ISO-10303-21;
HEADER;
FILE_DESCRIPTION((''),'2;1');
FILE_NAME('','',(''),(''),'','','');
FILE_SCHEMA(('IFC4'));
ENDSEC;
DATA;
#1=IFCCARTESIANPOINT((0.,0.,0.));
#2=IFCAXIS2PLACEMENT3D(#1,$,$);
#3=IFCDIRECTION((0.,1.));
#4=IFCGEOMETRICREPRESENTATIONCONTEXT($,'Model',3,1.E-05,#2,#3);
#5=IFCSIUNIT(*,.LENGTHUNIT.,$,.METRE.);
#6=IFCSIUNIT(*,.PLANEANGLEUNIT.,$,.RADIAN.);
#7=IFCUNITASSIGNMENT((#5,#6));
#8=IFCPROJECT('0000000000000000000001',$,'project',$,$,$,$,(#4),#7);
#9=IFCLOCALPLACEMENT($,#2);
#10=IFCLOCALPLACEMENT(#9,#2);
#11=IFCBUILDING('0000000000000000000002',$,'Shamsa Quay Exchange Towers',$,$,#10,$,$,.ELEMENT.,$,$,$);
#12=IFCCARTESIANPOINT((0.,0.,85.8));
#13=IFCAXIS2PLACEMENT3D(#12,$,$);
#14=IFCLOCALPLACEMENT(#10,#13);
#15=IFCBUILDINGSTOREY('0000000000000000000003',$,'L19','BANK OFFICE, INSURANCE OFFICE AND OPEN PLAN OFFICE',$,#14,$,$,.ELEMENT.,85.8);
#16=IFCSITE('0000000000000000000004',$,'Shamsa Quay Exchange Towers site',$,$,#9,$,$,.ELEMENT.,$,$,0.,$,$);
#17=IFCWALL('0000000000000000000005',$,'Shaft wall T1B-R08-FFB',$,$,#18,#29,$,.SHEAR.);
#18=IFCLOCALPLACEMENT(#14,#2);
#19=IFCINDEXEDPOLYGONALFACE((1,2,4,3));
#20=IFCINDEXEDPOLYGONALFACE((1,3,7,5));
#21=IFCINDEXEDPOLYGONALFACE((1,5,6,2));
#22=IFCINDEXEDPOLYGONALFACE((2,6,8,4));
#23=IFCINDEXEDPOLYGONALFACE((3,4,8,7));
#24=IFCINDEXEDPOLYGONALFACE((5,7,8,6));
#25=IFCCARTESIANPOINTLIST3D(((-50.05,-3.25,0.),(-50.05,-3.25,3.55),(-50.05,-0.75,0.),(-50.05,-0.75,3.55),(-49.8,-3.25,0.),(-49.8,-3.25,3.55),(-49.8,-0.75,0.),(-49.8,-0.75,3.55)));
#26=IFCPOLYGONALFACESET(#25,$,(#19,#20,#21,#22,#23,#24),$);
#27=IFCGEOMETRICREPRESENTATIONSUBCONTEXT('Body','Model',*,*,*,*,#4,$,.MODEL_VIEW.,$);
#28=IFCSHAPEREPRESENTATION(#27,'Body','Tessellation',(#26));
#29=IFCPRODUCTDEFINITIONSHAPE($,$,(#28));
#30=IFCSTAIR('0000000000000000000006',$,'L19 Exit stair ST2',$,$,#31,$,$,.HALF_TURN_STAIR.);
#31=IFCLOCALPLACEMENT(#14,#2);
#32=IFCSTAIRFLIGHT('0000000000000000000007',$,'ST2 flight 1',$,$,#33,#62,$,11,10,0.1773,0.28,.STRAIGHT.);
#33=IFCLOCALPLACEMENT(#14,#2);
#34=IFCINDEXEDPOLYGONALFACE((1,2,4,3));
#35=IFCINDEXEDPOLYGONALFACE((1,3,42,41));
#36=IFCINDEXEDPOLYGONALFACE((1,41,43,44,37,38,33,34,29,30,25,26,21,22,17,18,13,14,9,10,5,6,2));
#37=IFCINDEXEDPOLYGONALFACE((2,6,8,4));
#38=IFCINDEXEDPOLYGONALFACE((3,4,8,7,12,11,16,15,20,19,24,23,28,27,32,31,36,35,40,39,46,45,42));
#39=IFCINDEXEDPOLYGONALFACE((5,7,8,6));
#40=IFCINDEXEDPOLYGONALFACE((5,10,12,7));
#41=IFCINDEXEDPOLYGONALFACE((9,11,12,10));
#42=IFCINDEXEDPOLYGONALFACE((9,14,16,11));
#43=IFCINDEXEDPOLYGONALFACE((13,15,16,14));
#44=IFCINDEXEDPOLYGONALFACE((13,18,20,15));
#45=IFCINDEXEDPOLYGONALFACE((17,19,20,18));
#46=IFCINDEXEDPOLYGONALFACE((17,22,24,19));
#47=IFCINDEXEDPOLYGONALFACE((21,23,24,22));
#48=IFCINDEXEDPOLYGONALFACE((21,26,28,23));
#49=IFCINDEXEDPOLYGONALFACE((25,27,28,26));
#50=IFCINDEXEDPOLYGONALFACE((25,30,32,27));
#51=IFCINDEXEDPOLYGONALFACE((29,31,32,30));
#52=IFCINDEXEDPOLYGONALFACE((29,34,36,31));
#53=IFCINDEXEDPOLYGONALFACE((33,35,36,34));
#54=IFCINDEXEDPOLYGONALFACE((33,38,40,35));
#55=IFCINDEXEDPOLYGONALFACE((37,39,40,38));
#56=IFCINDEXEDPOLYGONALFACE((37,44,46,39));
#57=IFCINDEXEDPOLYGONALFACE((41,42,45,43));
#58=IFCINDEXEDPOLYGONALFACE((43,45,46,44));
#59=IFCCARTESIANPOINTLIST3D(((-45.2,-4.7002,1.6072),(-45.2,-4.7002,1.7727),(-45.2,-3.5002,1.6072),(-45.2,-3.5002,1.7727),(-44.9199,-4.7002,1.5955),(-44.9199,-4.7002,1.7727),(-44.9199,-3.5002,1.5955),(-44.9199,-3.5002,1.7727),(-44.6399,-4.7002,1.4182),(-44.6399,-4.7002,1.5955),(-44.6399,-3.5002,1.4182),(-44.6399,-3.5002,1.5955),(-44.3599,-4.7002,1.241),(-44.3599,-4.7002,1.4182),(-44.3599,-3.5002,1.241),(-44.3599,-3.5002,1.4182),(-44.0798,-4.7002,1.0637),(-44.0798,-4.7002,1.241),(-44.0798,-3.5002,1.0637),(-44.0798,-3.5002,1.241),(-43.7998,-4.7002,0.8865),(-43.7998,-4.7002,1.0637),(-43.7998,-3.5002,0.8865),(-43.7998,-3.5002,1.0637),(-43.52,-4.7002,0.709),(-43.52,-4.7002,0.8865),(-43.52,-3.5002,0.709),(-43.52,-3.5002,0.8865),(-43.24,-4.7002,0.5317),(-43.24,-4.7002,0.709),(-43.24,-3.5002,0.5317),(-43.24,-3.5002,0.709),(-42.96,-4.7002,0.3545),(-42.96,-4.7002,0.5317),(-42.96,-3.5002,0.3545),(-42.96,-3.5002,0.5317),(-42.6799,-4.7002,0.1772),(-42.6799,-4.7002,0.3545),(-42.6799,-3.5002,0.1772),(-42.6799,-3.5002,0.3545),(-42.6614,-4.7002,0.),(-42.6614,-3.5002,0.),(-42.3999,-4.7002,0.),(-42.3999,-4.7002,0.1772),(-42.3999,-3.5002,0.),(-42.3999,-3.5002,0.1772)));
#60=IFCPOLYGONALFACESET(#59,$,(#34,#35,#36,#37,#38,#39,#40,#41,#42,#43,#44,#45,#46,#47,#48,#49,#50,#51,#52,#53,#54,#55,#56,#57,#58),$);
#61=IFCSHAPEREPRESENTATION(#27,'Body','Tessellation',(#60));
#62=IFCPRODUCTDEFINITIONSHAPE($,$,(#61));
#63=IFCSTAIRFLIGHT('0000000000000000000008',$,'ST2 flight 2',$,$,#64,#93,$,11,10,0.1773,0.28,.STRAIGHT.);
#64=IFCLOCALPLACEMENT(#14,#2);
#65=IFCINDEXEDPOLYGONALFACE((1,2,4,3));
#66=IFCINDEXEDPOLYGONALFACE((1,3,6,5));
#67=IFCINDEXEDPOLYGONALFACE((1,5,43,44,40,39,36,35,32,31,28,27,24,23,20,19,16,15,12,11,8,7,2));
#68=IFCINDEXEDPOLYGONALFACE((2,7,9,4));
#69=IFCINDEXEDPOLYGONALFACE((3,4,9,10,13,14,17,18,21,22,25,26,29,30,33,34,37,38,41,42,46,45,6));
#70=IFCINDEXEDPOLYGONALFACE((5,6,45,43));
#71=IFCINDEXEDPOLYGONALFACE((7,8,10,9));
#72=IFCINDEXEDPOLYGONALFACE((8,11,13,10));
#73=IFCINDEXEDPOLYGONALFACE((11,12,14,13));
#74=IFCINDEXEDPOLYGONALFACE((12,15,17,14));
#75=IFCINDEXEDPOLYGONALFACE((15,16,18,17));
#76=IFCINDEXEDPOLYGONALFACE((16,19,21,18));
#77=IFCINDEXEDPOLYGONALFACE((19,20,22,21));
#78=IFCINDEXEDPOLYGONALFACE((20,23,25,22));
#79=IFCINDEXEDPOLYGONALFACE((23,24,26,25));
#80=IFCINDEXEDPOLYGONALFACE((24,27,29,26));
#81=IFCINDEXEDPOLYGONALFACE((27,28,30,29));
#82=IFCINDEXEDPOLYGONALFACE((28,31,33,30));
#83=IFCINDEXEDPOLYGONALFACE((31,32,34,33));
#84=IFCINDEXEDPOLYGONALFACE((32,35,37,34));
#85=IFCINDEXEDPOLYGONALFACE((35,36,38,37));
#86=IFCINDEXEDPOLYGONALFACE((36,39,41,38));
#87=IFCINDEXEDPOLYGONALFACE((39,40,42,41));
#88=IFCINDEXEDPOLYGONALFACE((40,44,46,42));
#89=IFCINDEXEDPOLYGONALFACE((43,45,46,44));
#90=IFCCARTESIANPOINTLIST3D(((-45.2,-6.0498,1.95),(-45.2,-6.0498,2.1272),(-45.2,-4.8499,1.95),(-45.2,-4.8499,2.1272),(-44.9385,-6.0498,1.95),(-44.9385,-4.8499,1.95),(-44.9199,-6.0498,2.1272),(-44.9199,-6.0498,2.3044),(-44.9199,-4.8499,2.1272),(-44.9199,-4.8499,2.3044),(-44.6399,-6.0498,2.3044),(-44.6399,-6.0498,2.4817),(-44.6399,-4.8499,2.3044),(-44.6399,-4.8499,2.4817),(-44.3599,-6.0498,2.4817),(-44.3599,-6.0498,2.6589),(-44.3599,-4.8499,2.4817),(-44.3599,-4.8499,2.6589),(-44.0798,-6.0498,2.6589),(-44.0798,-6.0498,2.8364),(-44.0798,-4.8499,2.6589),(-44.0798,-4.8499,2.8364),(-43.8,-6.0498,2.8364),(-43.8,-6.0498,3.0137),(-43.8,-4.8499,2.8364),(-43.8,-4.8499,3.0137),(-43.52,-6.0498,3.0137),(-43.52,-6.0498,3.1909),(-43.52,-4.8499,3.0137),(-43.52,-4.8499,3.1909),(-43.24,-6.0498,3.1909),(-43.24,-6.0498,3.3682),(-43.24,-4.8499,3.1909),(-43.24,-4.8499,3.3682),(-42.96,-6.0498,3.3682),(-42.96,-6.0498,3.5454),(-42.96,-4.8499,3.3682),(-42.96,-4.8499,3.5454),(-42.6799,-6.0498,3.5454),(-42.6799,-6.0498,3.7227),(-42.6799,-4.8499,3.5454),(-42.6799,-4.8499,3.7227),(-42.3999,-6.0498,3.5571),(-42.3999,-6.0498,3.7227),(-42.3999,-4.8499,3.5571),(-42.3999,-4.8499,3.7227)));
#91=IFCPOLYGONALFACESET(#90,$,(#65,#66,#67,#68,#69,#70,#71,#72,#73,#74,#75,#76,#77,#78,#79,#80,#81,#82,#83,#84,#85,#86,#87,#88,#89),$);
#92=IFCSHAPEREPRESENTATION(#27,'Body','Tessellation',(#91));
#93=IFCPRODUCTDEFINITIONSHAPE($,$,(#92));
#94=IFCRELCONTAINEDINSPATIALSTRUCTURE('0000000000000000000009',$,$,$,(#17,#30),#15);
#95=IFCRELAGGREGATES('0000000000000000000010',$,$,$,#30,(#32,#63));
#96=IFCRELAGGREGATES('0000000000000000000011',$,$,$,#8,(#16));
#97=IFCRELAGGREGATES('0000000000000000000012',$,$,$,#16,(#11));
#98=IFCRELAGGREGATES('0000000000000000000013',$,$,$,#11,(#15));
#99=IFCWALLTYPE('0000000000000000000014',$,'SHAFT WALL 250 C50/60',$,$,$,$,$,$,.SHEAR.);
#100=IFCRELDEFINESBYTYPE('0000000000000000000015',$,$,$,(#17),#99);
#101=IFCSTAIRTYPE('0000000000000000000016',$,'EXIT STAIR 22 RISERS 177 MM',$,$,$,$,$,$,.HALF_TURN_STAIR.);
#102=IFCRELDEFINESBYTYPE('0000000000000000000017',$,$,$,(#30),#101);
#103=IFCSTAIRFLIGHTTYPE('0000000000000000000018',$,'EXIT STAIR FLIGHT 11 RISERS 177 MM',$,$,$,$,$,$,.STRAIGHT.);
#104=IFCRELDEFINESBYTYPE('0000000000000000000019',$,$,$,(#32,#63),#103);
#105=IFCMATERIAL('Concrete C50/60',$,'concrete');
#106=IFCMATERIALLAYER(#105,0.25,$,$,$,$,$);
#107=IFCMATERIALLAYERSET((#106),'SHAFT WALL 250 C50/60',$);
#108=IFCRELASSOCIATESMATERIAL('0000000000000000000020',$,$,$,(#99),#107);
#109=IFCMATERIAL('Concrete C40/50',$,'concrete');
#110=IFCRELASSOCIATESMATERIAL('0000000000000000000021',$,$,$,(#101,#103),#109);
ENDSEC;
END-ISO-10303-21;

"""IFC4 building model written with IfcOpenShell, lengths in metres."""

from ifc_helpers import new_model, si_unit, direction, frame, frame_2d, origin, place, context, subcontext, project, spatial, polyline, rectangle, outline, extrude, material, layer, layer_set, type_object, element, aggregate, save


model = new_model("IFC4")

# Units and contexts
model_context = context("Model", 3, precision=1e-05, world=origin(), true_north=direction((0.0, 1.0)))
body_context = subcontext(model_context, "Body", "Model", "MODEL_VIEW")
ifc_project = project(units=[si_unit("LENGTHUNIT", "METRE"), si_unit("PLANEANGLEUNIT", "RADIAN")], contexts=[model_context])

# Site, building, storey
site_placement = place(None, origin())
site = spatial("IfcSite", under=ifc_project, at=site_placement, Name="Shamsa Quay Exchange Towers site", CompositionType="ELEMENT", RefElevation=0.0)
building_placement = place(site_placement, origin())
building = spatial("IfcBuilding", under=site, at=building_placement, Name="Shamsa Quay Exchange Towers", CompositionType="ELEMENT")
storey_placement = place(building_placement, frame((0.0, 0.0, 85.8)))
storey = spatial("IfcBuildingStorey", under=building, at=storey_placement, Name="L19", Description="BANK OFFICE, INSURANCE OFFICE AND OPEN PLAN OFFICE", CompositionType="ELEMENT", Elevation=85.8)

# Shared definitions
ifc_material_1 = material(Name="Concrete C50/60", Category="concrete")
ifc_layer_1 = layer(ifc_material_1, 0.25)
ifc_layer_set_1 = layer_set([ifc_layer_1], Name="SHAFT WALL 250 C50/60")
wall_type_1 = type_object("IfcWallType", Name="SHAFT WALL 250 C50/60", PredefinedType="SHEAR", material=ifc_layer_set_1)

# Wall
wall_1_placement = place(storey_placement, frame((-49.925, -3.25, 0.0), z_axis=(0.0, 0.0, 1.0), x_axis=(0.0, 1.0, 0.0)))
element("IfcWall", 1, at=wall_1_placement, inside=storey, type_object=wall_type_1, Name="Shaft wall T1B-R08-FFB", PredefinedType="SHEAR", context=body_context, shape_type="SweptSolid", body=[
    extrude(rectangle(XDim=2.5, YDim=0.25, at=frame_2d((1.25, 0.0))), origin(), (0.0, 0.0, 1.0), 3.55),
])

# Stair, stair flights
ifc_material_2 = material(Name="Concrete C40/50", Category="concrete")
stair_type = type_object("IfcStairType", Name="EXIT STAIR 22 RISERS 177 MM", PredefinedType="HALF_TURN_STAIR", material=ifc_material_2)
stair_placement = place(storey_placement, origin())
stair = element("IfcStair", 2, at=stair_placement, inside=storey, type_object=stair_type, Name="L19 Exit stair ST2", PredefinedType="HALF_TURN_STAIR")
stair_flight_type = type_object("IfcStairFlightType", Name="EXIT STAIR FLIGHT 11 RISERS 177 MM", PredefinedType="STRAIGHT", material=ifc_material_2)
stair_flight_1_placement = place(storey_placement, frame((-42.3999, -4.1001, 0.0), z_axis=(0.0, 0.0, 1.0), x_axis=(-1.0, 0.0, 0.0)))
stair_flight_1 = element("IfcStairFlight", 3, at=stair_flight_1_placement, type_object=stair_flight_type, Name="ST2 flight 1", NumberOfRisers=11, NumberOfTreads=10, PredefinedType="STRAIGHT", RiserHeight=0.1773, TreadLength=0.28, context=body_context, shape_type="SweptSolid", body=[
    extrude(outline(polyline([(0.0, 0.0), (0.0, 0.1772), (0.28, 0.1772), (0.28, 0.3545), (0.5601, 0.3545), (0.5601, 0.5317), (0.8401, 0.5317), (0.8401, 0.709), (1.1201, 0.709), (1.1201, 0.8865), (1.3999, 0.8865), (1.3999, 1.0637), (1.6799, 1.0637), (1.6799, 1.241), (1.96, 1.241), (1.96, 1.4182), (2.24, 1.4182), (2.24, 1.5955), (2.52, 1.5955), (2.52, 1.7727), (2.8, 1.7727), (2.8, 1.95), (2.8, 1.6072), (0.2615, 0.0), (0.0, 0.0)])), frame((0.0, 0.6001, 0.0), z_axis=(0.0, -1.0, 0.0), x_axis=(1.0, 0.0, 0.0)), (0.0, 0.0, 1.0), 1.2),
])
stair_flight_2_placement = place(storey_placement, frame((-45.2, -5.45, 1.95)))
stair_flight_2 = element("IfcStairFlight", 4, at=stair_flight_2_placement, type_object=stair_flight_type, Name="ST2 flight 2", NumberOfRisers=11, NumberOfTreads=10, PredefinedType="STRAIGHT", RiserHeight=0.1773, TreadLength=0.28, context=body_context, shape_type="SweptSolid", body=[
    extrude(outline(polyline([(0.0, 0.0), (0.0, 0.1772), (0.28, 0.1772), (0.28, 0.3545), (0.5601, 0.3545), (0.5601, 0.5317), (0.8401, 0.5317), (0.8401, 0.709), (1.1201, 0.709), (1.1201, 0.8865), (1.3999, 0.8865), (1.3999, 1.0637), (1.6799, 1.0637), (1.6799, 1.241), (1.96, 1.241), (1.96, 1.4182), (2.24, 1.4182), (2.24, 1.5955), (2.52, 1.5955), (2.52, 1.7727), (2.8, 1.7727), (2.8, 1.95), (2.8, 1.6072), (0.2615, 0.0), (0.0, 0.0)])), frame((0.0, 0.6001, 0.0), z_axis=(0.0, -1.0, 0.0), x_axis=(1.0, 0.0, 0.0)), (0.0, 0.0, 1.0), 1.2),
])
aggregate(stair, [stair_flight_1, stair_flight_2])

save(model, "model.ifc")
